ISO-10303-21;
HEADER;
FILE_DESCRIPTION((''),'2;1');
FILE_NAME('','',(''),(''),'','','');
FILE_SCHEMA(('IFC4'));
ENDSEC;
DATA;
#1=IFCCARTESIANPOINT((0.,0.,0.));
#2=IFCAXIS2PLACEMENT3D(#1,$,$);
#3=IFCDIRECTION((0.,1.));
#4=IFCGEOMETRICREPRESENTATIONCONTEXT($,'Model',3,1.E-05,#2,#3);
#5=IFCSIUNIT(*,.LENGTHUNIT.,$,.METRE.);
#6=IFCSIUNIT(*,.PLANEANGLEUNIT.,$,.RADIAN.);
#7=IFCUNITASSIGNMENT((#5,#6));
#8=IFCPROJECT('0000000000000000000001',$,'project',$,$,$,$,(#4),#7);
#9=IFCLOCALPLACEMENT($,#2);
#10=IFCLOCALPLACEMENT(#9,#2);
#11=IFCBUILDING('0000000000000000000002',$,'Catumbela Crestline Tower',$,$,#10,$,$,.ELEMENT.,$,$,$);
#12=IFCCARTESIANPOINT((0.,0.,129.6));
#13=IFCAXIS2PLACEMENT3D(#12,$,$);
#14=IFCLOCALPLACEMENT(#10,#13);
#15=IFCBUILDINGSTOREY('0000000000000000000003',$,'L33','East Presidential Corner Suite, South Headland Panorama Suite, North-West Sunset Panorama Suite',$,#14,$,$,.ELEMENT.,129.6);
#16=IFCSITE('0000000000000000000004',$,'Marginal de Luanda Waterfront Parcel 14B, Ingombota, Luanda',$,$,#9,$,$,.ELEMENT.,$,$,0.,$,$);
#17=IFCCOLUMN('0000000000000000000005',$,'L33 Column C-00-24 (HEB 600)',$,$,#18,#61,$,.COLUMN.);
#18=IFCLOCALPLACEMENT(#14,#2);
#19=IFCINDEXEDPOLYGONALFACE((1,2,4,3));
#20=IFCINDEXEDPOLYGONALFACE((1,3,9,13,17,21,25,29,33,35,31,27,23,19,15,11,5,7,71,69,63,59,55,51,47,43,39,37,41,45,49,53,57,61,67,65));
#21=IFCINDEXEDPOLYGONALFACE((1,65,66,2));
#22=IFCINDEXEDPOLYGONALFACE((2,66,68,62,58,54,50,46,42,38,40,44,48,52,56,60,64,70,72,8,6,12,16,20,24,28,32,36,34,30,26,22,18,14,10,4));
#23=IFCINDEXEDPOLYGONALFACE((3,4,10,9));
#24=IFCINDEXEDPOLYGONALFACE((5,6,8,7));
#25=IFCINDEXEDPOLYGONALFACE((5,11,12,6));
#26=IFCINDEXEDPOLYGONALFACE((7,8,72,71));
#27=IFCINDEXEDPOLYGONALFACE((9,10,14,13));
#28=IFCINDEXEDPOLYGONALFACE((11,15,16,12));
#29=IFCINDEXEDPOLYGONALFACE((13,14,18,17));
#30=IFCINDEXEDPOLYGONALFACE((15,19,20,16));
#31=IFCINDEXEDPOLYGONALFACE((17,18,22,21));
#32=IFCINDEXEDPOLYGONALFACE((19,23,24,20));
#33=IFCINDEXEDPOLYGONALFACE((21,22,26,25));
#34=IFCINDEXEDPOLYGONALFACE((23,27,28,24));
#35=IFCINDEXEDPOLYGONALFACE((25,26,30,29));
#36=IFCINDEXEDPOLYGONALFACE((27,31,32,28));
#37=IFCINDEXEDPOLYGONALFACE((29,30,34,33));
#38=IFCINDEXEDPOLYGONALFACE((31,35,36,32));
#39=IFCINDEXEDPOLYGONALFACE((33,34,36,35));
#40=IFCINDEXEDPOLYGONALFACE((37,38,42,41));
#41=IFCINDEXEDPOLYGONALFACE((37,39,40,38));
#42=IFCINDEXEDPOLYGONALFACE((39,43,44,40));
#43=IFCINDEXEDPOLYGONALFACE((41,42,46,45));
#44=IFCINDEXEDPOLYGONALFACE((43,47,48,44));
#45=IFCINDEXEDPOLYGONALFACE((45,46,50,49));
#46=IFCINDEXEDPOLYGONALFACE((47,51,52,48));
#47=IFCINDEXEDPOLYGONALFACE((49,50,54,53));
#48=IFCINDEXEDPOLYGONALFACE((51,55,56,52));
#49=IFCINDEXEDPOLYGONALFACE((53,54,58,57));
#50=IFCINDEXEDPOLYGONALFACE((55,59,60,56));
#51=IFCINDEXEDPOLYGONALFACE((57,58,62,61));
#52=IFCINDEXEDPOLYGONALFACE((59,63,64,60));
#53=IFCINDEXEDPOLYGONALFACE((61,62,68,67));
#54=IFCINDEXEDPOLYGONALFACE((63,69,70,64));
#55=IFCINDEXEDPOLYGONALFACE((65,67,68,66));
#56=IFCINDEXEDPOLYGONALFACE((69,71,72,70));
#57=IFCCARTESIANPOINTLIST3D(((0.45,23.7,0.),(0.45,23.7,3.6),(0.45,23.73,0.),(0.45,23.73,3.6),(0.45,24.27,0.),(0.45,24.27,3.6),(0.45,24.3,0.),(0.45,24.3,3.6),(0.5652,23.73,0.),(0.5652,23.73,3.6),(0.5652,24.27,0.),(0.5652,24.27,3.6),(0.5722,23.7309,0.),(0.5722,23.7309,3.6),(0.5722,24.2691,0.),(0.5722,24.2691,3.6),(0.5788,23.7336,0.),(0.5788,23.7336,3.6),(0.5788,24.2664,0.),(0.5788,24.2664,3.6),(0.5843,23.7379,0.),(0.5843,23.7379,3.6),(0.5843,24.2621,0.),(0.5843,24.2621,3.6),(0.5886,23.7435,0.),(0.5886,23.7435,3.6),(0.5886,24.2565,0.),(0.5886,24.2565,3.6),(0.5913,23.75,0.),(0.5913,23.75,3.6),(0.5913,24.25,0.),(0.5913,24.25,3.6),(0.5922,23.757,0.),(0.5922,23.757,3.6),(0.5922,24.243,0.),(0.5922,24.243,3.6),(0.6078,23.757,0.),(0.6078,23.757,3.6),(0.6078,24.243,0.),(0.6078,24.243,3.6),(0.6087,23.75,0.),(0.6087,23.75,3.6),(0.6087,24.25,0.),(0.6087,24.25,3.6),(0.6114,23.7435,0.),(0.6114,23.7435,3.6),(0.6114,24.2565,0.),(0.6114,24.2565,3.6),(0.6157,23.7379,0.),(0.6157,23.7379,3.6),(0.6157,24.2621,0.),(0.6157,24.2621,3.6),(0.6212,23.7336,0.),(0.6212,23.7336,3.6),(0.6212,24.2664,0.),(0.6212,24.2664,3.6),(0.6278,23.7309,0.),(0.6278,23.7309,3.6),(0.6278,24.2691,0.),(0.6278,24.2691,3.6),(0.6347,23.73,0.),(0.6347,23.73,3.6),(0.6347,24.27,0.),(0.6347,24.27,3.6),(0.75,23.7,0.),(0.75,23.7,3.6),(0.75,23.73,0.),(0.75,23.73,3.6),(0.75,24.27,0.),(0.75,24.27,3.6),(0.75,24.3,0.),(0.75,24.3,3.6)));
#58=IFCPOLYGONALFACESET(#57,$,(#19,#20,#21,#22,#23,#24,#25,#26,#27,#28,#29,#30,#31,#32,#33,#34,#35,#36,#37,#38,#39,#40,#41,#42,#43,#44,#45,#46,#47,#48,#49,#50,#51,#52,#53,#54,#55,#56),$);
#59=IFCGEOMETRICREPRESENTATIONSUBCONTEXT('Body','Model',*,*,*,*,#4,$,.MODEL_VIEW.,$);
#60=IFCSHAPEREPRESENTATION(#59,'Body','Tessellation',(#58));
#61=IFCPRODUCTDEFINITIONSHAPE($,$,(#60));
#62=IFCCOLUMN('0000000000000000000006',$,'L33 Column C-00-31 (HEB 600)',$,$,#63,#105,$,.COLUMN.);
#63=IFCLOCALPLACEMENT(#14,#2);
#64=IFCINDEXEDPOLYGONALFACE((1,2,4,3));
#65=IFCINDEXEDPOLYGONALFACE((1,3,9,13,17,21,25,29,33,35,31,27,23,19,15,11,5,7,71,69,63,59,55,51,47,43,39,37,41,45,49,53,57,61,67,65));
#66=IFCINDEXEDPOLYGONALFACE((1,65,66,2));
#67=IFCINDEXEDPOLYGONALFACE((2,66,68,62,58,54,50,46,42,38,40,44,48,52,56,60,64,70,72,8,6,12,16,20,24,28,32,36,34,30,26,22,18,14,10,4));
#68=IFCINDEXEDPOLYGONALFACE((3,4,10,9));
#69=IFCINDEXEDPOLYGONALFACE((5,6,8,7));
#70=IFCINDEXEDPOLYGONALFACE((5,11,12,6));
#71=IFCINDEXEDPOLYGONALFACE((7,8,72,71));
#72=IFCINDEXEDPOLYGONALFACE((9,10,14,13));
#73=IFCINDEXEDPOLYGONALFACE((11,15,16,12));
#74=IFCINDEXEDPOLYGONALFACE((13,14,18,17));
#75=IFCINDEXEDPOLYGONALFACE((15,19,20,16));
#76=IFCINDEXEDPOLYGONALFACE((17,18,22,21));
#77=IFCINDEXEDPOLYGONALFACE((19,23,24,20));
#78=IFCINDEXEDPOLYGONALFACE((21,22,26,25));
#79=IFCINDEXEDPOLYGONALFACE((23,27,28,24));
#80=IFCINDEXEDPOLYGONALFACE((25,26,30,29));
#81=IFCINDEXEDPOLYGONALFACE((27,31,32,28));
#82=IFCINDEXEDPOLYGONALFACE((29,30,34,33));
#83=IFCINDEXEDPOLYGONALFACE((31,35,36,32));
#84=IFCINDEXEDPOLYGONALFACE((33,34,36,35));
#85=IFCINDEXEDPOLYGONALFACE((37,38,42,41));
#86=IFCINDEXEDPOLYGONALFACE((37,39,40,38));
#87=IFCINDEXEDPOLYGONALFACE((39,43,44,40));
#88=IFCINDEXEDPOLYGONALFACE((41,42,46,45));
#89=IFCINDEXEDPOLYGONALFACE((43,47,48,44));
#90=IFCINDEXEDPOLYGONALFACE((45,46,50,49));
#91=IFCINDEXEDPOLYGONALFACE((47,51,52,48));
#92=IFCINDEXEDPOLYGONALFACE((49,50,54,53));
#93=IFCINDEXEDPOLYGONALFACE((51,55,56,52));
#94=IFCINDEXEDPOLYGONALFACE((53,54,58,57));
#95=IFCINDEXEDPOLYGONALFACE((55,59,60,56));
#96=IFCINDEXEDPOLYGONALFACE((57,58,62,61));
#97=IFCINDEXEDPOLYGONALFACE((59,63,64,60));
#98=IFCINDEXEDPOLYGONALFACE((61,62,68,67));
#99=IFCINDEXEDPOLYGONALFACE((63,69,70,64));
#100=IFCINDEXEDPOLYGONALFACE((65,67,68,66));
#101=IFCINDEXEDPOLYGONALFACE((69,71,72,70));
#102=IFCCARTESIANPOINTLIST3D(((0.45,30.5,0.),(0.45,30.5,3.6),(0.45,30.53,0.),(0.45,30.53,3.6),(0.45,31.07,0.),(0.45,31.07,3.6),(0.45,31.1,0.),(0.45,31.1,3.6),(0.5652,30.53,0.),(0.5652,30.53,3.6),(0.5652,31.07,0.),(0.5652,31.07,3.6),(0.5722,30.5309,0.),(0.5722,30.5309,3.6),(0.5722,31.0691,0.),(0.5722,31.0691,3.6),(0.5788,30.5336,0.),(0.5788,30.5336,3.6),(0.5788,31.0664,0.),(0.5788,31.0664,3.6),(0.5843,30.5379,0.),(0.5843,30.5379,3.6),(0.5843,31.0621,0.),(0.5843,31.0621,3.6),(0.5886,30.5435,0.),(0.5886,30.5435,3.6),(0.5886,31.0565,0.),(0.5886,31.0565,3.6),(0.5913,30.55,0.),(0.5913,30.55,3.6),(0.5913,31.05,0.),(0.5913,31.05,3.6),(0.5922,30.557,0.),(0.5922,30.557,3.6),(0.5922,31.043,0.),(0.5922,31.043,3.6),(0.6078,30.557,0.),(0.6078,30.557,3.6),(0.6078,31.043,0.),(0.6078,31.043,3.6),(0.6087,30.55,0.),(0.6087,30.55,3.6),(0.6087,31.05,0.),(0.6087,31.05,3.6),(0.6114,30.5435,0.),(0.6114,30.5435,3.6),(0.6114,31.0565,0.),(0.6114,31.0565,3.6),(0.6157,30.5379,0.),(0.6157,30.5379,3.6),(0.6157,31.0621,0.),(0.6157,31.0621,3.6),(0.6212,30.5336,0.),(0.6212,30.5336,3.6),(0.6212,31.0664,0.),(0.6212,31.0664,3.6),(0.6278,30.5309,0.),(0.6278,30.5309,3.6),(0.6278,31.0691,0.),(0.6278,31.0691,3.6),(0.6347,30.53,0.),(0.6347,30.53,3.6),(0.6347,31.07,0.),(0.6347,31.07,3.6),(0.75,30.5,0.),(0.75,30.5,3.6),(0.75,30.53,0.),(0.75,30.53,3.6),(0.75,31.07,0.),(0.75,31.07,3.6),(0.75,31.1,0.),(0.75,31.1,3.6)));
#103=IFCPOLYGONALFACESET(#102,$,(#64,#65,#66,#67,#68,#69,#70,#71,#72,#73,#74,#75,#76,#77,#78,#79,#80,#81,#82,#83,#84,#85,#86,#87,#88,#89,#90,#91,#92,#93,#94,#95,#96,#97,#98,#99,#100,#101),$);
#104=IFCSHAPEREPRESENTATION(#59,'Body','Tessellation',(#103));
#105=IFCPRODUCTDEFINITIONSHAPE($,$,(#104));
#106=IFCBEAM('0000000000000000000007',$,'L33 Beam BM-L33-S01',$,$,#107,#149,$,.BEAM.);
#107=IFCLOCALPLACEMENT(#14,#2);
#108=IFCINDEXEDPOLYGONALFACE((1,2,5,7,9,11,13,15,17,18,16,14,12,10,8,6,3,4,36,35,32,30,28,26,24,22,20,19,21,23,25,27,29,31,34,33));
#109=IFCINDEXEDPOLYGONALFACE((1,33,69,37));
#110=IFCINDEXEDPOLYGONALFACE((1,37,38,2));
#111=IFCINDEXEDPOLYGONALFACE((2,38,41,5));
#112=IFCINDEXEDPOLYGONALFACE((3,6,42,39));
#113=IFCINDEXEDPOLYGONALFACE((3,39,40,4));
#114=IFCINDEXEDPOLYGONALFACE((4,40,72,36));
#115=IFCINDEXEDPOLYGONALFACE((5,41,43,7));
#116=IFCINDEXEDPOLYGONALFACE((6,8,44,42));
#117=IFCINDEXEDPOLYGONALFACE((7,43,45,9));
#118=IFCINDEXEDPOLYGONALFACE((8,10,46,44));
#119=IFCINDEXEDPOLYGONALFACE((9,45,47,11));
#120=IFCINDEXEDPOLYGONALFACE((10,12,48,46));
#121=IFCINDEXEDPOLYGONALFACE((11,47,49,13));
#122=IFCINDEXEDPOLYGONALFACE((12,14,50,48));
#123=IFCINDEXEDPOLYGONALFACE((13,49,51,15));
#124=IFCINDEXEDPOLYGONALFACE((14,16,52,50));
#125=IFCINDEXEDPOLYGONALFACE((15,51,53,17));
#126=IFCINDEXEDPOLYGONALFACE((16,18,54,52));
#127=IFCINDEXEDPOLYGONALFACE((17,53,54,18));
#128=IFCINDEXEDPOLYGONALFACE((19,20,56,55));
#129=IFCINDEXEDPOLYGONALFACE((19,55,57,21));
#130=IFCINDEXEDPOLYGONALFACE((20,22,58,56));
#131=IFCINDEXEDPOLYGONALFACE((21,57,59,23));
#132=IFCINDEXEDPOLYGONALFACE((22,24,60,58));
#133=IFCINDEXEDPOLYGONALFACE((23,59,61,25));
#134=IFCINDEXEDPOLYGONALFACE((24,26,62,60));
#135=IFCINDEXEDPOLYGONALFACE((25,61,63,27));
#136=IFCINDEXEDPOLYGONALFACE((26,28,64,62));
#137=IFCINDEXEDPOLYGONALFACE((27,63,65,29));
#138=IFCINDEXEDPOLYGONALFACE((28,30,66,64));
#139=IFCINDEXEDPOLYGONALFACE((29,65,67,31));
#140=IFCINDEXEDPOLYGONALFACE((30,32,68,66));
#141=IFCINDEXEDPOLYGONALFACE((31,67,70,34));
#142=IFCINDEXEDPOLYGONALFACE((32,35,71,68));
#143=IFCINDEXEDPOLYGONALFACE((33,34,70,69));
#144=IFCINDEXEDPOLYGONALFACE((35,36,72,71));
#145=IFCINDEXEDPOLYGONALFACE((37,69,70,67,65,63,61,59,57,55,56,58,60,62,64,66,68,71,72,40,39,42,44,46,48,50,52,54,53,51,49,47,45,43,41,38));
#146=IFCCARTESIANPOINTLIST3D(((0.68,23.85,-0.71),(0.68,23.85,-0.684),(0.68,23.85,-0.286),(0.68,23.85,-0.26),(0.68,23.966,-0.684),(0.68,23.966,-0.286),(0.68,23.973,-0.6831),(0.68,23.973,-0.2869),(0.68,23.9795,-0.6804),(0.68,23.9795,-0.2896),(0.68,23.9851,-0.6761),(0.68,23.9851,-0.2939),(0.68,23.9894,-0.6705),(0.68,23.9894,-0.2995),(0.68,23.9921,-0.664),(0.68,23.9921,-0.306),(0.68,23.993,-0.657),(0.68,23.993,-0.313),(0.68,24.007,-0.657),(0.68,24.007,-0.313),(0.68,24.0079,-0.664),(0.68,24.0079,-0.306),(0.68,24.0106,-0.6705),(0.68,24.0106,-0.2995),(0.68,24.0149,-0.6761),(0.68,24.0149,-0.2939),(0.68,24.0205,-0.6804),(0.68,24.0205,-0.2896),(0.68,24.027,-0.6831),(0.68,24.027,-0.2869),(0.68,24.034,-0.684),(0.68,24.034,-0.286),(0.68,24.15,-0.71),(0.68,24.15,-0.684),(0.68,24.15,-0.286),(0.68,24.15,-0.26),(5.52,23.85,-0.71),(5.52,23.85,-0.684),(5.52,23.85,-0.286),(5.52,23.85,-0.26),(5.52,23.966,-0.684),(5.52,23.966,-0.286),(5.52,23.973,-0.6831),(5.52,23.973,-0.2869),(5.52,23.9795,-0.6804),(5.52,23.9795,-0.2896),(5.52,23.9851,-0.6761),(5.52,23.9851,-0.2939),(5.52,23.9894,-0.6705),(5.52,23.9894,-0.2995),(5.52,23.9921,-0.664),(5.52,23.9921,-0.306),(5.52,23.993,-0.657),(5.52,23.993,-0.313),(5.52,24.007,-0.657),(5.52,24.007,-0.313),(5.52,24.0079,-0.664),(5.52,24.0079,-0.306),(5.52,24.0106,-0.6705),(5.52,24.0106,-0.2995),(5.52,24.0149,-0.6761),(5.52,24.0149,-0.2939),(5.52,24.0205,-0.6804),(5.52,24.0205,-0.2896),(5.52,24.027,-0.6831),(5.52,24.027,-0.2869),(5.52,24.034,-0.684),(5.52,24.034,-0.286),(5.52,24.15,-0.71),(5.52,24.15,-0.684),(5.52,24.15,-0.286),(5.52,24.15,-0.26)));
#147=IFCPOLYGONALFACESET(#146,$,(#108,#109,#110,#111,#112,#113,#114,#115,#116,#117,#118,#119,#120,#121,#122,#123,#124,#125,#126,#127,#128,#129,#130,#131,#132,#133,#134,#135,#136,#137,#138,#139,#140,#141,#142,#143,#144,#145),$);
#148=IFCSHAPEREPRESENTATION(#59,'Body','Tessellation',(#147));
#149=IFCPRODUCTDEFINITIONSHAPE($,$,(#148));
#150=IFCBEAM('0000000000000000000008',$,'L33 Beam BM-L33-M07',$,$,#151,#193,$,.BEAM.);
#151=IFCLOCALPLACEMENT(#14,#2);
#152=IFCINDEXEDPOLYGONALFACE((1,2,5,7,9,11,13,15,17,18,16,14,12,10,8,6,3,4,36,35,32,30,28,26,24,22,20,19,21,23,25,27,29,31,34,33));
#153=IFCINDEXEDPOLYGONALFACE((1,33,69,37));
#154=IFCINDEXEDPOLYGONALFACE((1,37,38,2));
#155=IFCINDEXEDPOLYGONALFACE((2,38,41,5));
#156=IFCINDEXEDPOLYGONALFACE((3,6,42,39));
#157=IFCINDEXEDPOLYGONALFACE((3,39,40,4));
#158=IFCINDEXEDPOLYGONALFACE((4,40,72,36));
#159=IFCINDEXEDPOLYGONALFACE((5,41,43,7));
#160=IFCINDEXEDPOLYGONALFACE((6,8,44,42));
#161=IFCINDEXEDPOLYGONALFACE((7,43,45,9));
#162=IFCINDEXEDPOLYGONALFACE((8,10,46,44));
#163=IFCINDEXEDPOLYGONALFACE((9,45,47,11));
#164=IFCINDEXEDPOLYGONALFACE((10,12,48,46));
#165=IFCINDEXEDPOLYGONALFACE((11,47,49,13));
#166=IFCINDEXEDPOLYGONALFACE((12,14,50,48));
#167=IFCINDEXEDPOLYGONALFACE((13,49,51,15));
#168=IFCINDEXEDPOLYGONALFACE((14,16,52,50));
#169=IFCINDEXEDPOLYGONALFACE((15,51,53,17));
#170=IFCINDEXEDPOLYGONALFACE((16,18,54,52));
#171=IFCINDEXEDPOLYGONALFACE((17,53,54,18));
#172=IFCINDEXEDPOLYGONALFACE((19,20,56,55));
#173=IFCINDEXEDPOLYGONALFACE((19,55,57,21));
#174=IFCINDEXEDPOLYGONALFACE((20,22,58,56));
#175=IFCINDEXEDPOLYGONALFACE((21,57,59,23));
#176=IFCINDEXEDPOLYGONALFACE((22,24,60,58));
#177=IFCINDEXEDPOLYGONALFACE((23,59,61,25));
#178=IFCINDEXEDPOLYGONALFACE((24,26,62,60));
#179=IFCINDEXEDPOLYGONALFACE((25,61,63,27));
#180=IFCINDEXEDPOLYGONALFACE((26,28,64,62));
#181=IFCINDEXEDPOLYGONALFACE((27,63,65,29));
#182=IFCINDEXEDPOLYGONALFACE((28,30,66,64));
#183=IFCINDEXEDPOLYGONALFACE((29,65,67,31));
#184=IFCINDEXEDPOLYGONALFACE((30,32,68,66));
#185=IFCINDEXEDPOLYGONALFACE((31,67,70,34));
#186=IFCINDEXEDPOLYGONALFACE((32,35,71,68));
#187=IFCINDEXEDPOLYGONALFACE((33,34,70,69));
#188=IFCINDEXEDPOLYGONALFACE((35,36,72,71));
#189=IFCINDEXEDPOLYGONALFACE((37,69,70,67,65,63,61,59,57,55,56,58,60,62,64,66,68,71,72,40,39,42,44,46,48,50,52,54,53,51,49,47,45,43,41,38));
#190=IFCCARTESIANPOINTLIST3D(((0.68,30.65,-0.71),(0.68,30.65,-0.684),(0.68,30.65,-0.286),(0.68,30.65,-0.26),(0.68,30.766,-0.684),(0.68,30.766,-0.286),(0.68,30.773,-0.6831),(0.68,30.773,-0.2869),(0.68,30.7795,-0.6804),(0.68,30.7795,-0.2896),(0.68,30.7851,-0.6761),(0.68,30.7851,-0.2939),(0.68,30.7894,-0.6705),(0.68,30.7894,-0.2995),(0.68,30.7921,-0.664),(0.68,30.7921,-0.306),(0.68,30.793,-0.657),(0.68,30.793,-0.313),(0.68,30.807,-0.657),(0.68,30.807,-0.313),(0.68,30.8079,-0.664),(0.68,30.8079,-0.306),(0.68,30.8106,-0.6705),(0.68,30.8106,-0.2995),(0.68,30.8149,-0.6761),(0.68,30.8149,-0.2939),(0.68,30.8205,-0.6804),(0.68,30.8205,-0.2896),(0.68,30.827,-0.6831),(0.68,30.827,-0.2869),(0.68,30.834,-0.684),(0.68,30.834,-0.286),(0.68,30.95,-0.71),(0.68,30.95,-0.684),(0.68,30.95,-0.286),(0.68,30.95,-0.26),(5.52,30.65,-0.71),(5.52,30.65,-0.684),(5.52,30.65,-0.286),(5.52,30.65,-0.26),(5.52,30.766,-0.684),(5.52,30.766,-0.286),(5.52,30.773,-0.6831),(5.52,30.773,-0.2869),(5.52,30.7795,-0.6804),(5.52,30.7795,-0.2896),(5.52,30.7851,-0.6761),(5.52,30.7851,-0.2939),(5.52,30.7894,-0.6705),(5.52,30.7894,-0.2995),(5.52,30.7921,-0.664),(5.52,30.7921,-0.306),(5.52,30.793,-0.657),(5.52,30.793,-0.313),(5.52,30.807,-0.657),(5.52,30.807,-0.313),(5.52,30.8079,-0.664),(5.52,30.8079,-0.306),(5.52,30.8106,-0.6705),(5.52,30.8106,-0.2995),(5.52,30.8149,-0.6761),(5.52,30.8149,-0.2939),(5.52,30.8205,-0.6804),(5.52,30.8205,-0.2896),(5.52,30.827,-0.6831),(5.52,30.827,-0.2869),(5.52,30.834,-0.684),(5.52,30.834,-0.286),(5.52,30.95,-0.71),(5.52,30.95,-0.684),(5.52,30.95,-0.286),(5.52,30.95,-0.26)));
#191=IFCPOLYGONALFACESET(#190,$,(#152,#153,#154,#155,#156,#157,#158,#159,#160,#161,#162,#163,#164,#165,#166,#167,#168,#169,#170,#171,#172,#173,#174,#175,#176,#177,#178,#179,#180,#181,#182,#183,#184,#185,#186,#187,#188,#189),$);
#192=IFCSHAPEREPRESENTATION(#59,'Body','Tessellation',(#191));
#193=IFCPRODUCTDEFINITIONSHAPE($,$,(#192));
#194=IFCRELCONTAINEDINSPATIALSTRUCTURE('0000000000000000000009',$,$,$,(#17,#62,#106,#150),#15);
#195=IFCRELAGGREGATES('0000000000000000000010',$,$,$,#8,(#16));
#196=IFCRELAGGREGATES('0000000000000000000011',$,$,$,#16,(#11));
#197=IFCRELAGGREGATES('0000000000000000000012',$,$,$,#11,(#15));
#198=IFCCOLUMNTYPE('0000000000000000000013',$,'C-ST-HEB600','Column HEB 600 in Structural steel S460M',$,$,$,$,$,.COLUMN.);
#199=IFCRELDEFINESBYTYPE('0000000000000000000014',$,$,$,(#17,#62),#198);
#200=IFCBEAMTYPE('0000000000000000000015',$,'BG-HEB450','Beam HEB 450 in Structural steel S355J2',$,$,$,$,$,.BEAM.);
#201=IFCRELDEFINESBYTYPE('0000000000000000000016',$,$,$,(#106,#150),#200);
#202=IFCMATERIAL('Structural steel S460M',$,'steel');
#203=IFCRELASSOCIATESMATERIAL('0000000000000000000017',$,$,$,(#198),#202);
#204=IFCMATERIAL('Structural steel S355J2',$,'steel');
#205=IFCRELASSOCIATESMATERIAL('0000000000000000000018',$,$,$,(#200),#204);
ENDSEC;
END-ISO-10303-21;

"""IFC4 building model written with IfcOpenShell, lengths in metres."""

from ifc_helpers import new_model, si_unit, direction, frame, origin, origin_2d, place, context, subcontext, project, spatial, i_section, extrude, material, material_profile, profile_set, type_object, element, save


model = new_model("IFC4")

# Units and contexts
model_context = context("Model", 3, precision=1e-05, world=origin(), true_north=direction((0.0, 1.0)))
body_context = subcontext(model_context, "Body", "Model", "MODEL_VIEW")
ifc_project = project(units=[si_unit("LENGTHUNIT", "METRE"), si_unit("PLANEANGLEUNIT", "RADIAN")], contexts=[model_context])

# Site, building, storey
site_placement = place(None, origin())
site = spatial("IfcSite", under=ifc_project, at=site_placement, Name="Marginal de Luanda Waterfront Parcel 14B, Ingombota, Luanda", CompositionType="ELEMENT", RefElevation=0.0)
building_placement = place(site_placement, origin())
building = spatial("IfcBuilding", under=site, at=building_placement, Name="Catumbela Crestline Tower", CompositionType="ELEMENT")
storey_placement = place(building_placement, frame((0.0, 0.0, 129.6)))
storey = spatial("IfcBuildingStorey", under=building, at=storey_placement, Name="L33", Description="East Presidential Corner Suite, South Headland Panorama Suite, North-West Sunset Panorama Suite", CompositionType="ELEMENT", Elevation=129.6)

# Columns
ifc_material_1 = material(Name="Structural steel S460M", Category="steel")
ifc_material_profile_1 = material_profile(ifc_material_1, i_section(OverallWidth=0.3, OverallDepth=0.6, WebThickness=0.0155, FlangeThickness=0.03, FilletRadius=0.027, at=origin_2d()), Name="HEB 600")
ifc_profile_set_1 = profile_set([ifc_material_profile_1], Name="Structural steel S460M")
column_type = type_object("IfcColumnType", Name="C-ST-HEB600", Description="Column HEB 600 in Structural steel S460M", PredefinedType="COLUMN", material=ifc_profile_set_1)
for number, where, z_axis, x_axis, name in (
    (1, (0.6, 24.0, 0.0), (0.0, 0.0, 1.0), (1.0, 0.0, 0.0), "L33 Column C-00-24 (HEB 600)"),
    (2, (0.6, 30.8, 0.0), (0.0, 0.0, 1.0), (1.0, 0.0, 0.0), "L33 Column C-00-31 (HEB 600)"),
):
    element("IfcColumn", number, at=place(storey_placement, frame(where, z_axis=z_axis, x_axis=x_axis)), inside=storey, type_object=column_type, Name=name, PredefinedType="COLUMN", context=body_context, shape_type="SweptSolid", body=[
        extrude(i_section(OverallWidth=0.3, OverallDepth=0.6, WebThickness=0.0155, FlangeThickness=0.03, FilletRadius=0.027, at=origin_2d()), origin(), (0.0, 0.0, 1.0), 3.6),
    ])

# Beams
ifc_material_2 = material(Name="Structural steel S355J2", Category="steel")
ifc_material_profile_2 = material_profile(ifc_material_2, i_section(OverallWidth=0.3, OverallDepth=0.45, WebThickness=0.014, FlangeThickness=0.026, FilletRadius=0.027, at=origin_2d()), Name="HEB 450")
ifc_profile_set_2 = profile_set([ifc_material_profile_2], Name="Structural steel S355J2")
beam_type_1 = type_object("IfcBeamType", Name="BG-HEB450", Description="Beam HEB 450 in Structural steel S355J2", PredefinedType="BEAM", material=ifc_profile_set_2)
for number, where, z_axis, x_axis, name in (
    (3, (0.68, 24.0, -0.485), (1.0, 0.0, 0.0), (0.0, 1.0, 0.0), "L33 Beam BM-L33-S01"),
    (4, (0.68, 30.8, -0.485), (1.0, 0.0, 0.0), (0.0, 1.0, 0.0), "L33 Beam BM-L33-M07"),
):
    element("IfcBeam", number, at=place(storey_placement, frame(where, z_axis=z_axis, x_axis=x_axis)), inside=storey, type_object=beam_type_1, Name=name, PredefinedType="BEAM", context=body_context, shape_type="SweptSolid", body=[
        extrude(i_section(OverallWidth=0.3, OverallDepth=0.45, WebThickness=0.014, FlangeThickness=0.026, FilletRadius=0.027, at=origin_2d()), origin(), (0.0, 0.0, 1.0), 4.84),
    ])

save(model, "model.ifc")
